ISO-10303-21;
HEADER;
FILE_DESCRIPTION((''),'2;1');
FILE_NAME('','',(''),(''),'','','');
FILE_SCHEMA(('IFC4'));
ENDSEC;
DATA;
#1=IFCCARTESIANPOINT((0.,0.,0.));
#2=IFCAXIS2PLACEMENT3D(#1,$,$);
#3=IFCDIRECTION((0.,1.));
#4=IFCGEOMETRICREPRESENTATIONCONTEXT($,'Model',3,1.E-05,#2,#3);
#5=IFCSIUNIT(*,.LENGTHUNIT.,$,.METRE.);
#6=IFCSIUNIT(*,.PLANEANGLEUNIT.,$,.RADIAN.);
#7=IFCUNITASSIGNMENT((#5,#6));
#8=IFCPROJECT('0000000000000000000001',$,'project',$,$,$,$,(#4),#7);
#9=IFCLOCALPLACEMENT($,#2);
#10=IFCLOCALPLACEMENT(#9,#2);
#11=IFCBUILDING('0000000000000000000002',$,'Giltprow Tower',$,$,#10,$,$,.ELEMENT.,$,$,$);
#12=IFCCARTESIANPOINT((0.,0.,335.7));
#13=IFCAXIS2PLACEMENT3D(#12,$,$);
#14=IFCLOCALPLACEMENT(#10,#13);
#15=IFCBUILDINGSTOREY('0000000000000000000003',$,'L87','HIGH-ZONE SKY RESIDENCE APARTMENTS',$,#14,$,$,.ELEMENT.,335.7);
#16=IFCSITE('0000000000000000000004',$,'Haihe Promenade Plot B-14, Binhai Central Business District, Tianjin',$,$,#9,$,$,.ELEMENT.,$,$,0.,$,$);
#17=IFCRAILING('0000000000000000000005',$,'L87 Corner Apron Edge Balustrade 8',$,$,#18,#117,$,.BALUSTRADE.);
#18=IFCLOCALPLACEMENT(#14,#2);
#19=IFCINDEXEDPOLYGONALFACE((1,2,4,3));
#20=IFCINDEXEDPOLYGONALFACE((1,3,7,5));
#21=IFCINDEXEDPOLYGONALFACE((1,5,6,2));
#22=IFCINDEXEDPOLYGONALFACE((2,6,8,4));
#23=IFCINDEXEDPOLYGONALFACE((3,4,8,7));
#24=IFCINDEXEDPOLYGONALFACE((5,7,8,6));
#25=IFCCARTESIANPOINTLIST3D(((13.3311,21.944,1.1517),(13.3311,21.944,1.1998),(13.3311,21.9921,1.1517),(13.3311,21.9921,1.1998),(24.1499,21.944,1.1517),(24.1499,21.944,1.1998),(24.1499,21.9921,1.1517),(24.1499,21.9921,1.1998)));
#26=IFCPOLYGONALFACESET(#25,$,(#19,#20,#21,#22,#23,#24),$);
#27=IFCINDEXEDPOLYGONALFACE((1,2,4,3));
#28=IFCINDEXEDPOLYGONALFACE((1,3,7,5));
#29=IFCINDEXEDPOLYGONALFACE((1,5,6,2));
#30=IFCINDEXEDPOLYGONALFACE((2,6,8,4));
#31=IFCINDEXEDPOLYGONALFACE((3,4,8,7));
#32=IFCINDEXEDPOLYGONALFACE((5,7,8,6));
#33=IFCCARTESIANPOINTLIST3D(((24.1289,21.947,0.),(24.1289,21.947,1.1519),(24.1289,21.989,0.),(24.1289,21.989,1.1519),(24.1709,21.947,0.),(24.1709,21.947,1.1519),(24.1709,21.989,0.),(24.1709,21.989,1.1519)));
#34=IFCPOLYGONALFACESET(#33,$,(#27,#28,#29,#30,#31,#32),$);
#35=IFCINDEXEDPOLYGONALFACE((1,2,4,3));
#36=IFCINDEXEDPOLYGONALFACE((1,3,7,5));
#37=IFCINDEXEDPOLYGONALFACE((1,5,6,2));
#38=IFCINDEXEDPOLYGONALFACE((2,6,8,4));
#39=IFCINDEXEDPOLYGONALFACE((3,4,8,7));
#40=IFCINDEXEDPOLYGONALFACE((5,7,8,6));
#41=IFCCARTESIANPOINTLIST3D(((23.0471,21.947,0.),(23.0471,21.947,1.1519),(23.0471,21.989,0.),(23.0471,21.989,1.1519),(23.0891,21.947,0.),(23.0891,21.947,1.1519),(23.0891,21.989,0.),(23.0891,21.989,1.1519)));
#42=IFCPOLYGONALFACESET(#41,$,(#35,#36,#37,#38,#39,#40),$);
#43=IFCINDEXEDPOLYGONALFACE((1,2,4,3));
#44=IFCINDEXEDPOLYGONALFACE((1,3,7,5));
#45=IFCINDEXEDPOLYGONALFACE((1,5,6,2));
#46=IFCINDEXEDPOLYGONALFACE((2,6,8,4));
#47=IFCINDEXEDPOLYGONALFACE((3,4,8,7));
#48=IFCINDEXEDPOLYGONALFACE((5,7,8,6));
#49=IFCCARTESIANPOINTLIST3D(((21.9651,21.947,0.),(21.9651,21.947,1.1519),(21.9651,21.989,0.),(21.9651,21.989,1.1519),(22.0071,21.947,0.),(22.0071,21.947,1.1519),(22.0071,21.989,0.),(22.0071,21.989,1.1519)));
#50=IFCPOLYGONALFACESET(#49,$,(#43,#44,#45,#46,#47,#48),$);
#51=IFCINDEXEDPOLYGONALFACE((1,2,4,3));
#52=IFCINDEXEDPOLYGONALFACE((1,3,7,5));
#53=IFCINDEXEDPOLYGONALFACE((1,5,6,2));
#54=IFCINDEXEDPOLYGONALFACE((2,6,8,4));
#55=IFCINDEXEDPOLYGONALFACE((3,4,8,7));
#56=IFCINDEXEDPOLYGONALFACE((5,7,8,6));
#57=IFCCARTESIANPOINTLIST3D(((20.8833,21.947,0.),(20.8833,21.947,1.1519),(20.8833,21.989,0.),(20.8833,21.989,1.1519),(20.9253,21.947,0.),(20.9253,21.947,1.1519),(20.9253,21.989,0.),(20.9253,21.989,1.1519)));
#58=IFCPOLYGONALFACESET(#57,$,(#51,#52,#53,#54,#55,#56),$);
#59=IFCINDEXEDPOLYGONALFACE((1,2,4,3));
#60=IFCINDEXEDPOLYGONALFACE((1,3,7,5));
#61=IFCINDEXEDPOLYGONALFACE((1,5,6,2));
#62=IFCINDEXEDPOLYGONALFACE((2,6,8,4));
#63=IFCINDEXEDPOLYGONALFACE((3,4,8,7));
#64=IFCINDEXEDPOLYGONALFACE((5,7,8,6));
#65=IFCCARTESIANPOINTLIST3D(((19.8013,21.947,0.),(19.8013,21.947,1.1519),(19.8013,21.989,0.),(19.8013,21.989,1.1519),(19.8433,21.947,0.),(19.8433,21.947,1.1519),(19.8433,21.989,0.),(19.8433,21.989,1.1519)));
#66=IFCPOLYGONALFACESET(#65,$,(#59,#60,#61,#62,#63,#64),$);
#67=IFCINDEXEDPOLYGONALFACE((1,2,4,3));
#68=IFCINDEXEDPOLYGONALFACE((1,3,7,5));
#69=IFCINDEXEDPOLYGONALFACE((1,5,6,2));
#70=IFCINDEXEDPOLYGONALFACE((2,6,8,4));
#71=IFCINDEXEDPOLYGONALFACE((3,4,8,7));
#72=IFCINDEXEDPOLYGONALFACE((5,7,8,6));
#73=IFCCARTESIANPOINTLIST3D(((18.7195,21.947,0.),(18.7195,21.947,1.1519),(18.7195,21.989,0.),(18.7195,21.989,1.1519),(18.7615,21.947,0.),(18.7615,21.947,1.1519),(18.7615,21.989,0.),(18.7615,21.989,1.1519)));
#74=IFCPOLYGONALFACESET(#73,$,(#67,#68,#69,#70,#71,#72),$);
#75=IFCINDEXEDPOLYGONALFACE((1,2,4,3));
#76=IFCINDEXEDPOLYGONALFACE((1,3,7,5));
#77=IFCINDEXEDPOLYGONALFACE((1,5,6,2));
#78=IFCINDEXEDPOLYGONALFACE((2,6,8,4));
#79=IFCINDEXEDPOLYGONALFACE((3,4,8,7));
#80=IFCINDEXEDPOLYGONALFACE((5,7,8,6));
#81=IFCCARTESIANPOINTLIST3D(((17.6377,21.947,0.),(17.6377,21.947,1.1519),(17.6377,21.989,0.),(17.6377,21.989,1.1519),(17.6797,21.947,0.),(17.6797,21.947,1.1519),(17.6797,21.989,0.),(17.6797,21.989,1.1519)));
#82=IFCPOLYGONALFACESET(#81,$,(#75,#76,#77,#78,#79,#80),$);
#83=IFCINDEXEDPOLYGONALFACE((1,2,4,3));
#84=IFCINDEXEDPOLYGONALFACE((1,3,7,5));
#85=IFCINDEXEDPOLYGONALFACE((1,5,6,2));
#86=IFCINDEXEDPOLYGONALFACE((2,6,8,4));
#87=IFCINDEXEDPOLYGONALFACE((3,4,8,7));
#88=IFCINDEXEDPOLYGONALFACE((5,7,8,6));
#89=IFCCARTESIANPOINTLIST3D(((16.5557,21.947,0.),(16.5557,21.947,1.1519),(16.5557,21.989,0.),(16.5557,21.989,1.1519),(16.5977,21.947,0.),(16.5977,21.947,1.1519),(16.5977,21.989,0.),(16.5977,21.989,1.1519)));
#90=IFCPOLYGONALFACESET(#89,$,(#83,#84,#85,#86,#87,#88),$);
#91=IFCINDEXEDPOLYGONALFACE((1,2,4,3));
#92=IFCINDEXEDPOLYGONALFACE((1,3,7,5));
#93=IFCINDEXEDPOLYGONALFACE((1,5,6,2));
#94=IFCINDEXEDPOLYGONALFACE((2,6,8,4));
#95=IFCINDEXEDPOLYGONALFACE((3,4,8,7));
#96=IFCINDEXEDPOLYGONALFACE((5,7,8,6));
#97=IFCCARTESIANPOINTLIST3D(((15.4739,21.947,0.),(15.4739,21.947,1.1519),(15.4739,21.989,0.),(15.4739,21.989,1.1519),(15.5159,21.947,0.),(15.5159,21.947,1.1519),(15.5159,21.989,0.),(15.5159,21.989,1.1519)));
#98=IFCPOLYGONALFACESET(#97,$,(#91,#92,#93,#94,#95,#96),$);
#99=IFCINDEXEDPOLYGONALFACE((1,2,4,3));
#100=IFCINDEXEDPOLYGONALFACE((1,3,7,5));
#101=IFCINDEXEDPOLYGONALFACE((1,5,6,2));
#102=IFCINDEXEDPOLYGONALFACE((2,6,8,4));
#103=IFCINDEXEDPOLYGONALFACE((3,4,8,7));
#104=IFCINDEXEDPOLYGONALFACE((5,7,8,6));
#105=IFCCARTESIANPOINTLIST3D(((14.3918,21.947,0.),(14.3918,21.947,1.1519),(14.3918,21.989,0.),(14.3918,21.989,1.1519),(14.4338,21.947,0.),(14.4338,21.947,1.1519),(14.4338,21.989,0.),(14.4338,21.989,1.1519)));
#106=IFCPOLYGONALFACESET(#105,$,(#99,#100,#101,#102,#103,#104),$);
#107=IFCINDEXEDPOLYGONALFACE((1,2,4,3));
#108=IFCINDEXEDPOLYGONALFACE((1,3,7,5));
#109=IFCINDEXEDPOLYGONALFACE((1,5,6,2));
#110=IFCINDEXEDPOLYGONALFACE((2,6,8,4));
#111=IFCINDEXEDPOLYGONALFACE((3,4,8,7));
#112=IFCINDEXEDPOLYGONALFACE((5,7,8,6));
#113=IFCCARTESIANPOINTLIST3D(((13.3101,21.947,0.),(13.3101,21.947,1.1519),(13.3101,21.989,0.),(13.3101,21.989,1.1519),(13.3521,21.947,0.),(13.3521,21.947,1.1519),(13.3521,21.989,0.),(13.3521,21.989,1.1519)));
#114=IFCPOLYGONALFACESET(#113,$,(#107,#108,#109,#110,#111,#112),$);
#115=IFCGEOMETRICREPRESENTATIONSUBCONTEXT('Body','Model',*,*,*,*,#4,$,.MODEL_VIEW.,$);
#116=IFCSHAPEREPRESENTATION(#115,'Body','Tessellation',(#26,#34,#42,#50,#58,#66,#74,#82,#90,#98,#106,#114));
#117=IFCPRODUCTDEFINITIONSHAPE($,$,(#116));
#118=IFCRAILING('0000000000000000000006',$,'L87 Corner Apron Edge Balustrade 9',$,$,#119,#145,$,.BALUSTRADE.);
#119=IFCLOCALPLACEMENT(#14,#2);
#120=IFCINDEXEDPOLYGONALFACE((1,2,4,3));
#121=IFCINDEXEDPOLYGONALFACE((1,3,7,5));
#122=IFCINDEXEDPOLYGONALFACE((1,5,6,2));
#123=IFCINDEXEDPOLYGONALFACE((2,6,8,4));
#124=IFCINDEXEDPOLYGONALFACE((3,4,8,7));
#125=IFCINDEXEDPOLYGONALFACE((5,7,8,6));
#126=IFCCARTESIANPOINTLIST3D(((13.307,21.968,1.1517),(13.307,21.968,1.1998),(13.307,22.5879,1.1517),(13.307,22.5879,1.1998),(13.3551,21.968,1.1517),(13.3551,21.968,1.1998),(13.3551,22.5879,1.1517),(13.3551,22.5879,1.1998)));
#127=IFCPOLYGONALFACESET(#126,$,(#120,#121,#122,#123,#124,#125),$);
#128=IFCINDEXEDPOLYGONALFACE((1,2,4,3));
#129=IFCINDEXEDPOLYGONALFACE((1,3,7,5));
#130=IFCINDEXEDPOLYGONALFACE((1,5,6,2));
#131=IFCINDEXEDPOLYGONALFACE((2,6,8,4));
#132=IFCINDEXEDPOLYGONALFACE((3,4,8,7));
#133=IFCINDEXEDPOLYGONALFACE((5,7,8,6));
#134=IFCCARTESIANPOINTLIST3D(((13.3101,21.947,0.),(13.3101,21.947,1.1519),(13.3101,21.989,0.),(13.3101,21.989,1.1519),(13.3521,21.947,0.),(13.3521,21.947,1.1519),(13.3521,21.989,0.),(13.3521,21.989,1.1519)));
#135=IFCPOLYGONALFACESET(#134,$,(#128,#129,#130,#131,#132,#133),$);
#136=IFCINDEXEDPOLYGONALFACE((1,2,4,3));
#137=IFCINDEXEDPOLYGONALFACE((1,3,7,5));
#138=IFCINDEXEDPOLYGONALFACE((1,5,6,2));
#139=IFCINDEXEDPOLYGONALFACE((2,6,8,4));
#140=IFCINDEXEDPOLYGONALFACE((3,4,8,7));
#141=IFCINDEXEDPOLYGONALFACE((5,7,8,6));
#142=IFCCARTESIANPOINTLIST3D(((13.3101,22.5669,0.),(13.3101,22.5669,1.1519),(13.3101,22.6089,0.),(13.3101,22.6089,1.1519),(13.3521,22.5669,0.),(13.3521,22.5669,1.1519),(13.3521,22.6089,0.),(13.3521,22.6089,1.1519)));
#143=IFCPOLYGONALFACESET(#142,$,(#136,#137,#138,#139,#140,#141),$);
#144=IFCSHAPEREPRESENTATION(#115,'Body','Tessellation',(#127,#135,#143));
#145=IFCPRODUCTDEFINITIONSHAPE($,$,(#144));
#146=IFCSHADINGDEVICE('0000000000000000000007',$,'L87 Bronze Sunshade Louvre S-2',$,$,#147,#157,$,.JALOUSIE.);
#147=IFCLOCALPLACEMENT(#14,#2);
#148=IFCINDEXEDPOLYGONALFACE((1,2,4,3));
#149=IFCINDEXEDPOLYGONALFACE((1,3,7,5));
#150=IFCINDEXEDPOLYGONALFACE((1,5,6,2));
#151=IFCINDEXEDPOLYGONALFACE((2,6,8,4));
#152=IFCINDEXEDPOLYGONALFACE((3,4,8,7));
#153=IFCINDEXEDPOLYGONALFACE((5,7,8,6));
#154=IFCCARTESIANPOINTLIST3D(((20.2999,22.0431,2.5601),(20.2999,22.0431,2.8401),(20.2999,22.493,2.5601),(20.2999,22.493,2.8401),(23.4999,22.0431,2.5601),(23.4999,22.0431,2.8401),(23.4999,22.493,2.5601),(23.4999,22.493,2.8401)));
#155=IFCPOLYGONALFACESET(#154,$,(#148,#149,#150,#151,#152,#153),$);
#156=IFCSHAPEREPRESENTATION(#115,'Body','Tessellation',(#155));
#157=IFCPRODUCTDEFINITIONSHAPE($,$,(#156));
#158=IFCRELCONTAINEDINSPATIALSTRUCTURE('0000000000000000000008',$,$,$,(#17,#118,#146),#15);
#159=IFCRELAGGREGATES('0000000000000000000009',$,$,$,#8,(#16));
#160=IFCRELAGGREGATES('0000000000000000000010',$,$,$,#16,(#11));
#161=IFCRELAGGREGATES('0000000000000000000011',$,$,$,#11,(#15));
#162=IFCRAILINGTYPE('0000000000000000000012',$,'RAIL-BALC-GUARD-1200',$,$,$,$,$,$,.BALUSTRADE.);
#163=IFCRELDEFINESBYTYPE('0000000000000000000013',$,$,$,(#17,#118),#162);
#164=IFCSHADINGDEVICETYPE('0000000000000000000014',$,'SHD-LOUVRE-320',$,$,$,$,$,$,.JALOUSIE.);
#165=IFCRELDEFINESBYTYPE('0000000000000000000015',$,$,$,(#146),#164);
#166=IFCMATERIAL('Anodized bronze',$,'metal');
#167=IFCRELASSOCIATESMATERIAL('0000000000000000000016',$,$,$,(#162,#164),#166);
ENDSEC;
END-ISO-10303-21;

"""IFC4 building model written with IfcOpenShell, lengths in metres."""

from ifc_helpers import new_model, si_unit, direction, frame, origin, origin_2d, place, context, subcontext, project, spatial, rectangle, extrude, source, transform, mapped, material, type_object, element, save


model = new_model("IFC4")

# Units and contexts
model_context = context("Model", 3, precision=1e-05, world=origin(), true_north=direction((0.0, 1.0)))
body_context = subcontext(model_context, "Body", "Model", "MODEL_VIEW")
ifc_project = project(units=[si_unit("LENGTHUNIT", "METRE"), si_unit("PLANEANGLEUNIT", "RADIAN")], contexts=[model_context])

# Site, building, storey
site_placement = place(None, origin())
site = spatial("IfcSite", under=ifc_project, at=site_placement, Name="Haihe Promenade Plot B-14, Binhai Central Business District, Tianjin", CompositionType="ELEMENT", RefElevation=0.0)
building_placement = place(site_placement, origin())
building = spatial("IfcBuilding", under=site, at=building_placement, Name="Giltprow Tower", CompositionType="ELEMENT")
storey_placement = place(building_placement, frame((0.0, 0.0, 335.7)))
storey = spatial("IfcBuildingStorey", under=building, at=storey_placement, Name="L87", Description="HIGH-ZONE SKY RESIDENCE APARTMENTS", CompositionType="ELEMENT", Elevation=335.7)

# Shared definitions
ifc_material_1 = material(Name="Anodized bronze", Category="metal")

# Railings
railing_type = type_object("IfcRailingType", Name="RAIL-BALC-GUARD-1200", PredefinedType="BALUSTRADE", material=ifc_material_1)
railing_1_placement = place(storey_placement, frame((24.1499, 21.968, 0.0)))
element("IfcRailing", 1, at=railing_1_placement, inside=storey, type_object=railing_type, Name="L87 Corner Apron Edge Balustrade 8", PredefinedType="BALUSTRADE", context=body_context, shape_type="SweptSolid", body=[
    extrude(rectangle(XDim=0.0481, YDim=0.0481, at=origin_2d()), frame((0.0, 0.0, 1.1758), z_axis=(-1.0, 0.0, 0.0), x_axis=(0.0, -1.0, 0.0)), (0.0, 0.0, 1.0), 10.8188),
    extrude(rectangle(XDim=0.042, YDim=0.042, at=origin_2d()), origin(), (0.0, 0.0, 1.0), 1.1519),
    extrude(rectangle(XDim=0.042, YDim=0.042, at=origin_2d()), frame((-1.0818, 0.0, 0.0)), (0.0, 0.0, 1.0), 1.1519),
    extrude(rectangle(XDim=0.042, YDim=0.042, at=origin_2d()), frame((-2.1638, 0.0, 0.0)), (0.0, 0.0, 1.0), 1.1519),
    extrude(rectangle(XDim=0.042, YDim=0.042, at=origin_2d()), frame((-3.2456, 0.0, 0.0)), (0.0, 0.0, 1.0), 1.1519),
    extrude(rectangle(XDim=0.042, YDim=0.042, at=origin_2d()), frame((-4.3276, 0.0, 0.0)), (0.0, 0.0, 1.0), 1.1519),
    extrude(rectangle(XDim=0.042, YDim=0.042, at=origin_2d()), frame((-5.4094, 0.0, 0.0)), (0.0, 0.0, 1.0), 1.1519),
    extrude(rectangle(XDim=0.042, YDim=0.042, at=origin_2d()), frame((-6.4912, 0.0, 0.0)), (0.0, 0.0, 1.0), 1.1519),
    extrude(rectangle(XDim=0.042, YDim=0.042, at=origin_2d()), frame((-7.5732, 0.0, 0.0)), (0.0, 0.0, 1.0), 1.1519),
    extrude(rectangle(XDim=0.042, YDim=0.042, at=origin_2d()), frame((-8.655, 0.0, 0.0)), (0.0, 0.0, 1.0), 1.1519),
    extrude(rectangle(XDim=0.042, YDim=0.042, at=origin_2d()), frame((-9.7371, 0.0, 0.0)), (0.0, 0.0, 1.0), 1.1519),
    extrude(rectangle(XDim=0.042, YDim=0.042, at=origin_2d()), frame((-10.8188, 0.0, 0.0)), (0.0, 0.0, 1.0), 1.1519),
])
railing_2_placement = place(storey_placement, frame((13.3311, 21.968, 0.0)))
element("IfcRailing", 2, at=railing_2_placement, inside=storey, type_object=railing_type, Name="L87 Corner Apron Edge Balustrade 9", PredefinedType="BALUSTRADE", context=body_context, shape_type="SweptSolid", body=[
    extrude(rectangle(XDim=0.0481, YDim=0.0481, at=origin_2d()), frame((0.0, 0.0, 1.1758), z_axis=(0.0, 1.0, 0.0), x_axis=(-1.0, 0.0, 0.0)), (0.0, 0.0, 1.0), 0.6199),
    extrude(rectangle(XDim=0.042, YDim=0.042, at=origin_2d()), origin(), (0.0, 0.0, 1.0), 1.1519),
    extrude(rectangle(XDim=0.042, YDim=0.042, at=origin_2d()), frame((0.0, 0.6199, 0.0)), (0.0, 0.0, 1.0), 1.1519),
])

# Shading device
shading_device_type = type_object("IfcShadingDeviceType", Name="SHD-LOUVRE-320", PredefinedType="JALOUSIE", material=ifc_material_1)
shared_shape_1 = source(origin(), body_context, "Body", "SweptSolid", [
    extrude(rectangle(XDim=3.2, YDim=0.45, at=origin_2d()), origin(), (0.0, 0.0, 1.0), 0.28),
])
shading_device_placement = place(storey_placement, frame((21.8999, 22.2681, 2.5601), z_axis=(0.0, 0.0, 1.0), x_axis=(1.0, 0.0, 0.0)))
element("IfcShadingDevice", 3, at=shading_device_placement, inside=storey, type_object=shading_device_type, Name="L87 Bronze Sunshade Louvre S-2", PredefinedType="JALOUSIE", context=body_context, shape_type="MappedRepresentation", body=[
    mapped(shared_shape_1, transform((0.0, 0.0, 0.0), x_axis=(1.0, 0.0, 0.0), y_axis=(0.0, 1.0, 0.0), z_axis=(0.0, 0.0, 1.0), scale=1.0)),
])

save(model, "model.ifc")
